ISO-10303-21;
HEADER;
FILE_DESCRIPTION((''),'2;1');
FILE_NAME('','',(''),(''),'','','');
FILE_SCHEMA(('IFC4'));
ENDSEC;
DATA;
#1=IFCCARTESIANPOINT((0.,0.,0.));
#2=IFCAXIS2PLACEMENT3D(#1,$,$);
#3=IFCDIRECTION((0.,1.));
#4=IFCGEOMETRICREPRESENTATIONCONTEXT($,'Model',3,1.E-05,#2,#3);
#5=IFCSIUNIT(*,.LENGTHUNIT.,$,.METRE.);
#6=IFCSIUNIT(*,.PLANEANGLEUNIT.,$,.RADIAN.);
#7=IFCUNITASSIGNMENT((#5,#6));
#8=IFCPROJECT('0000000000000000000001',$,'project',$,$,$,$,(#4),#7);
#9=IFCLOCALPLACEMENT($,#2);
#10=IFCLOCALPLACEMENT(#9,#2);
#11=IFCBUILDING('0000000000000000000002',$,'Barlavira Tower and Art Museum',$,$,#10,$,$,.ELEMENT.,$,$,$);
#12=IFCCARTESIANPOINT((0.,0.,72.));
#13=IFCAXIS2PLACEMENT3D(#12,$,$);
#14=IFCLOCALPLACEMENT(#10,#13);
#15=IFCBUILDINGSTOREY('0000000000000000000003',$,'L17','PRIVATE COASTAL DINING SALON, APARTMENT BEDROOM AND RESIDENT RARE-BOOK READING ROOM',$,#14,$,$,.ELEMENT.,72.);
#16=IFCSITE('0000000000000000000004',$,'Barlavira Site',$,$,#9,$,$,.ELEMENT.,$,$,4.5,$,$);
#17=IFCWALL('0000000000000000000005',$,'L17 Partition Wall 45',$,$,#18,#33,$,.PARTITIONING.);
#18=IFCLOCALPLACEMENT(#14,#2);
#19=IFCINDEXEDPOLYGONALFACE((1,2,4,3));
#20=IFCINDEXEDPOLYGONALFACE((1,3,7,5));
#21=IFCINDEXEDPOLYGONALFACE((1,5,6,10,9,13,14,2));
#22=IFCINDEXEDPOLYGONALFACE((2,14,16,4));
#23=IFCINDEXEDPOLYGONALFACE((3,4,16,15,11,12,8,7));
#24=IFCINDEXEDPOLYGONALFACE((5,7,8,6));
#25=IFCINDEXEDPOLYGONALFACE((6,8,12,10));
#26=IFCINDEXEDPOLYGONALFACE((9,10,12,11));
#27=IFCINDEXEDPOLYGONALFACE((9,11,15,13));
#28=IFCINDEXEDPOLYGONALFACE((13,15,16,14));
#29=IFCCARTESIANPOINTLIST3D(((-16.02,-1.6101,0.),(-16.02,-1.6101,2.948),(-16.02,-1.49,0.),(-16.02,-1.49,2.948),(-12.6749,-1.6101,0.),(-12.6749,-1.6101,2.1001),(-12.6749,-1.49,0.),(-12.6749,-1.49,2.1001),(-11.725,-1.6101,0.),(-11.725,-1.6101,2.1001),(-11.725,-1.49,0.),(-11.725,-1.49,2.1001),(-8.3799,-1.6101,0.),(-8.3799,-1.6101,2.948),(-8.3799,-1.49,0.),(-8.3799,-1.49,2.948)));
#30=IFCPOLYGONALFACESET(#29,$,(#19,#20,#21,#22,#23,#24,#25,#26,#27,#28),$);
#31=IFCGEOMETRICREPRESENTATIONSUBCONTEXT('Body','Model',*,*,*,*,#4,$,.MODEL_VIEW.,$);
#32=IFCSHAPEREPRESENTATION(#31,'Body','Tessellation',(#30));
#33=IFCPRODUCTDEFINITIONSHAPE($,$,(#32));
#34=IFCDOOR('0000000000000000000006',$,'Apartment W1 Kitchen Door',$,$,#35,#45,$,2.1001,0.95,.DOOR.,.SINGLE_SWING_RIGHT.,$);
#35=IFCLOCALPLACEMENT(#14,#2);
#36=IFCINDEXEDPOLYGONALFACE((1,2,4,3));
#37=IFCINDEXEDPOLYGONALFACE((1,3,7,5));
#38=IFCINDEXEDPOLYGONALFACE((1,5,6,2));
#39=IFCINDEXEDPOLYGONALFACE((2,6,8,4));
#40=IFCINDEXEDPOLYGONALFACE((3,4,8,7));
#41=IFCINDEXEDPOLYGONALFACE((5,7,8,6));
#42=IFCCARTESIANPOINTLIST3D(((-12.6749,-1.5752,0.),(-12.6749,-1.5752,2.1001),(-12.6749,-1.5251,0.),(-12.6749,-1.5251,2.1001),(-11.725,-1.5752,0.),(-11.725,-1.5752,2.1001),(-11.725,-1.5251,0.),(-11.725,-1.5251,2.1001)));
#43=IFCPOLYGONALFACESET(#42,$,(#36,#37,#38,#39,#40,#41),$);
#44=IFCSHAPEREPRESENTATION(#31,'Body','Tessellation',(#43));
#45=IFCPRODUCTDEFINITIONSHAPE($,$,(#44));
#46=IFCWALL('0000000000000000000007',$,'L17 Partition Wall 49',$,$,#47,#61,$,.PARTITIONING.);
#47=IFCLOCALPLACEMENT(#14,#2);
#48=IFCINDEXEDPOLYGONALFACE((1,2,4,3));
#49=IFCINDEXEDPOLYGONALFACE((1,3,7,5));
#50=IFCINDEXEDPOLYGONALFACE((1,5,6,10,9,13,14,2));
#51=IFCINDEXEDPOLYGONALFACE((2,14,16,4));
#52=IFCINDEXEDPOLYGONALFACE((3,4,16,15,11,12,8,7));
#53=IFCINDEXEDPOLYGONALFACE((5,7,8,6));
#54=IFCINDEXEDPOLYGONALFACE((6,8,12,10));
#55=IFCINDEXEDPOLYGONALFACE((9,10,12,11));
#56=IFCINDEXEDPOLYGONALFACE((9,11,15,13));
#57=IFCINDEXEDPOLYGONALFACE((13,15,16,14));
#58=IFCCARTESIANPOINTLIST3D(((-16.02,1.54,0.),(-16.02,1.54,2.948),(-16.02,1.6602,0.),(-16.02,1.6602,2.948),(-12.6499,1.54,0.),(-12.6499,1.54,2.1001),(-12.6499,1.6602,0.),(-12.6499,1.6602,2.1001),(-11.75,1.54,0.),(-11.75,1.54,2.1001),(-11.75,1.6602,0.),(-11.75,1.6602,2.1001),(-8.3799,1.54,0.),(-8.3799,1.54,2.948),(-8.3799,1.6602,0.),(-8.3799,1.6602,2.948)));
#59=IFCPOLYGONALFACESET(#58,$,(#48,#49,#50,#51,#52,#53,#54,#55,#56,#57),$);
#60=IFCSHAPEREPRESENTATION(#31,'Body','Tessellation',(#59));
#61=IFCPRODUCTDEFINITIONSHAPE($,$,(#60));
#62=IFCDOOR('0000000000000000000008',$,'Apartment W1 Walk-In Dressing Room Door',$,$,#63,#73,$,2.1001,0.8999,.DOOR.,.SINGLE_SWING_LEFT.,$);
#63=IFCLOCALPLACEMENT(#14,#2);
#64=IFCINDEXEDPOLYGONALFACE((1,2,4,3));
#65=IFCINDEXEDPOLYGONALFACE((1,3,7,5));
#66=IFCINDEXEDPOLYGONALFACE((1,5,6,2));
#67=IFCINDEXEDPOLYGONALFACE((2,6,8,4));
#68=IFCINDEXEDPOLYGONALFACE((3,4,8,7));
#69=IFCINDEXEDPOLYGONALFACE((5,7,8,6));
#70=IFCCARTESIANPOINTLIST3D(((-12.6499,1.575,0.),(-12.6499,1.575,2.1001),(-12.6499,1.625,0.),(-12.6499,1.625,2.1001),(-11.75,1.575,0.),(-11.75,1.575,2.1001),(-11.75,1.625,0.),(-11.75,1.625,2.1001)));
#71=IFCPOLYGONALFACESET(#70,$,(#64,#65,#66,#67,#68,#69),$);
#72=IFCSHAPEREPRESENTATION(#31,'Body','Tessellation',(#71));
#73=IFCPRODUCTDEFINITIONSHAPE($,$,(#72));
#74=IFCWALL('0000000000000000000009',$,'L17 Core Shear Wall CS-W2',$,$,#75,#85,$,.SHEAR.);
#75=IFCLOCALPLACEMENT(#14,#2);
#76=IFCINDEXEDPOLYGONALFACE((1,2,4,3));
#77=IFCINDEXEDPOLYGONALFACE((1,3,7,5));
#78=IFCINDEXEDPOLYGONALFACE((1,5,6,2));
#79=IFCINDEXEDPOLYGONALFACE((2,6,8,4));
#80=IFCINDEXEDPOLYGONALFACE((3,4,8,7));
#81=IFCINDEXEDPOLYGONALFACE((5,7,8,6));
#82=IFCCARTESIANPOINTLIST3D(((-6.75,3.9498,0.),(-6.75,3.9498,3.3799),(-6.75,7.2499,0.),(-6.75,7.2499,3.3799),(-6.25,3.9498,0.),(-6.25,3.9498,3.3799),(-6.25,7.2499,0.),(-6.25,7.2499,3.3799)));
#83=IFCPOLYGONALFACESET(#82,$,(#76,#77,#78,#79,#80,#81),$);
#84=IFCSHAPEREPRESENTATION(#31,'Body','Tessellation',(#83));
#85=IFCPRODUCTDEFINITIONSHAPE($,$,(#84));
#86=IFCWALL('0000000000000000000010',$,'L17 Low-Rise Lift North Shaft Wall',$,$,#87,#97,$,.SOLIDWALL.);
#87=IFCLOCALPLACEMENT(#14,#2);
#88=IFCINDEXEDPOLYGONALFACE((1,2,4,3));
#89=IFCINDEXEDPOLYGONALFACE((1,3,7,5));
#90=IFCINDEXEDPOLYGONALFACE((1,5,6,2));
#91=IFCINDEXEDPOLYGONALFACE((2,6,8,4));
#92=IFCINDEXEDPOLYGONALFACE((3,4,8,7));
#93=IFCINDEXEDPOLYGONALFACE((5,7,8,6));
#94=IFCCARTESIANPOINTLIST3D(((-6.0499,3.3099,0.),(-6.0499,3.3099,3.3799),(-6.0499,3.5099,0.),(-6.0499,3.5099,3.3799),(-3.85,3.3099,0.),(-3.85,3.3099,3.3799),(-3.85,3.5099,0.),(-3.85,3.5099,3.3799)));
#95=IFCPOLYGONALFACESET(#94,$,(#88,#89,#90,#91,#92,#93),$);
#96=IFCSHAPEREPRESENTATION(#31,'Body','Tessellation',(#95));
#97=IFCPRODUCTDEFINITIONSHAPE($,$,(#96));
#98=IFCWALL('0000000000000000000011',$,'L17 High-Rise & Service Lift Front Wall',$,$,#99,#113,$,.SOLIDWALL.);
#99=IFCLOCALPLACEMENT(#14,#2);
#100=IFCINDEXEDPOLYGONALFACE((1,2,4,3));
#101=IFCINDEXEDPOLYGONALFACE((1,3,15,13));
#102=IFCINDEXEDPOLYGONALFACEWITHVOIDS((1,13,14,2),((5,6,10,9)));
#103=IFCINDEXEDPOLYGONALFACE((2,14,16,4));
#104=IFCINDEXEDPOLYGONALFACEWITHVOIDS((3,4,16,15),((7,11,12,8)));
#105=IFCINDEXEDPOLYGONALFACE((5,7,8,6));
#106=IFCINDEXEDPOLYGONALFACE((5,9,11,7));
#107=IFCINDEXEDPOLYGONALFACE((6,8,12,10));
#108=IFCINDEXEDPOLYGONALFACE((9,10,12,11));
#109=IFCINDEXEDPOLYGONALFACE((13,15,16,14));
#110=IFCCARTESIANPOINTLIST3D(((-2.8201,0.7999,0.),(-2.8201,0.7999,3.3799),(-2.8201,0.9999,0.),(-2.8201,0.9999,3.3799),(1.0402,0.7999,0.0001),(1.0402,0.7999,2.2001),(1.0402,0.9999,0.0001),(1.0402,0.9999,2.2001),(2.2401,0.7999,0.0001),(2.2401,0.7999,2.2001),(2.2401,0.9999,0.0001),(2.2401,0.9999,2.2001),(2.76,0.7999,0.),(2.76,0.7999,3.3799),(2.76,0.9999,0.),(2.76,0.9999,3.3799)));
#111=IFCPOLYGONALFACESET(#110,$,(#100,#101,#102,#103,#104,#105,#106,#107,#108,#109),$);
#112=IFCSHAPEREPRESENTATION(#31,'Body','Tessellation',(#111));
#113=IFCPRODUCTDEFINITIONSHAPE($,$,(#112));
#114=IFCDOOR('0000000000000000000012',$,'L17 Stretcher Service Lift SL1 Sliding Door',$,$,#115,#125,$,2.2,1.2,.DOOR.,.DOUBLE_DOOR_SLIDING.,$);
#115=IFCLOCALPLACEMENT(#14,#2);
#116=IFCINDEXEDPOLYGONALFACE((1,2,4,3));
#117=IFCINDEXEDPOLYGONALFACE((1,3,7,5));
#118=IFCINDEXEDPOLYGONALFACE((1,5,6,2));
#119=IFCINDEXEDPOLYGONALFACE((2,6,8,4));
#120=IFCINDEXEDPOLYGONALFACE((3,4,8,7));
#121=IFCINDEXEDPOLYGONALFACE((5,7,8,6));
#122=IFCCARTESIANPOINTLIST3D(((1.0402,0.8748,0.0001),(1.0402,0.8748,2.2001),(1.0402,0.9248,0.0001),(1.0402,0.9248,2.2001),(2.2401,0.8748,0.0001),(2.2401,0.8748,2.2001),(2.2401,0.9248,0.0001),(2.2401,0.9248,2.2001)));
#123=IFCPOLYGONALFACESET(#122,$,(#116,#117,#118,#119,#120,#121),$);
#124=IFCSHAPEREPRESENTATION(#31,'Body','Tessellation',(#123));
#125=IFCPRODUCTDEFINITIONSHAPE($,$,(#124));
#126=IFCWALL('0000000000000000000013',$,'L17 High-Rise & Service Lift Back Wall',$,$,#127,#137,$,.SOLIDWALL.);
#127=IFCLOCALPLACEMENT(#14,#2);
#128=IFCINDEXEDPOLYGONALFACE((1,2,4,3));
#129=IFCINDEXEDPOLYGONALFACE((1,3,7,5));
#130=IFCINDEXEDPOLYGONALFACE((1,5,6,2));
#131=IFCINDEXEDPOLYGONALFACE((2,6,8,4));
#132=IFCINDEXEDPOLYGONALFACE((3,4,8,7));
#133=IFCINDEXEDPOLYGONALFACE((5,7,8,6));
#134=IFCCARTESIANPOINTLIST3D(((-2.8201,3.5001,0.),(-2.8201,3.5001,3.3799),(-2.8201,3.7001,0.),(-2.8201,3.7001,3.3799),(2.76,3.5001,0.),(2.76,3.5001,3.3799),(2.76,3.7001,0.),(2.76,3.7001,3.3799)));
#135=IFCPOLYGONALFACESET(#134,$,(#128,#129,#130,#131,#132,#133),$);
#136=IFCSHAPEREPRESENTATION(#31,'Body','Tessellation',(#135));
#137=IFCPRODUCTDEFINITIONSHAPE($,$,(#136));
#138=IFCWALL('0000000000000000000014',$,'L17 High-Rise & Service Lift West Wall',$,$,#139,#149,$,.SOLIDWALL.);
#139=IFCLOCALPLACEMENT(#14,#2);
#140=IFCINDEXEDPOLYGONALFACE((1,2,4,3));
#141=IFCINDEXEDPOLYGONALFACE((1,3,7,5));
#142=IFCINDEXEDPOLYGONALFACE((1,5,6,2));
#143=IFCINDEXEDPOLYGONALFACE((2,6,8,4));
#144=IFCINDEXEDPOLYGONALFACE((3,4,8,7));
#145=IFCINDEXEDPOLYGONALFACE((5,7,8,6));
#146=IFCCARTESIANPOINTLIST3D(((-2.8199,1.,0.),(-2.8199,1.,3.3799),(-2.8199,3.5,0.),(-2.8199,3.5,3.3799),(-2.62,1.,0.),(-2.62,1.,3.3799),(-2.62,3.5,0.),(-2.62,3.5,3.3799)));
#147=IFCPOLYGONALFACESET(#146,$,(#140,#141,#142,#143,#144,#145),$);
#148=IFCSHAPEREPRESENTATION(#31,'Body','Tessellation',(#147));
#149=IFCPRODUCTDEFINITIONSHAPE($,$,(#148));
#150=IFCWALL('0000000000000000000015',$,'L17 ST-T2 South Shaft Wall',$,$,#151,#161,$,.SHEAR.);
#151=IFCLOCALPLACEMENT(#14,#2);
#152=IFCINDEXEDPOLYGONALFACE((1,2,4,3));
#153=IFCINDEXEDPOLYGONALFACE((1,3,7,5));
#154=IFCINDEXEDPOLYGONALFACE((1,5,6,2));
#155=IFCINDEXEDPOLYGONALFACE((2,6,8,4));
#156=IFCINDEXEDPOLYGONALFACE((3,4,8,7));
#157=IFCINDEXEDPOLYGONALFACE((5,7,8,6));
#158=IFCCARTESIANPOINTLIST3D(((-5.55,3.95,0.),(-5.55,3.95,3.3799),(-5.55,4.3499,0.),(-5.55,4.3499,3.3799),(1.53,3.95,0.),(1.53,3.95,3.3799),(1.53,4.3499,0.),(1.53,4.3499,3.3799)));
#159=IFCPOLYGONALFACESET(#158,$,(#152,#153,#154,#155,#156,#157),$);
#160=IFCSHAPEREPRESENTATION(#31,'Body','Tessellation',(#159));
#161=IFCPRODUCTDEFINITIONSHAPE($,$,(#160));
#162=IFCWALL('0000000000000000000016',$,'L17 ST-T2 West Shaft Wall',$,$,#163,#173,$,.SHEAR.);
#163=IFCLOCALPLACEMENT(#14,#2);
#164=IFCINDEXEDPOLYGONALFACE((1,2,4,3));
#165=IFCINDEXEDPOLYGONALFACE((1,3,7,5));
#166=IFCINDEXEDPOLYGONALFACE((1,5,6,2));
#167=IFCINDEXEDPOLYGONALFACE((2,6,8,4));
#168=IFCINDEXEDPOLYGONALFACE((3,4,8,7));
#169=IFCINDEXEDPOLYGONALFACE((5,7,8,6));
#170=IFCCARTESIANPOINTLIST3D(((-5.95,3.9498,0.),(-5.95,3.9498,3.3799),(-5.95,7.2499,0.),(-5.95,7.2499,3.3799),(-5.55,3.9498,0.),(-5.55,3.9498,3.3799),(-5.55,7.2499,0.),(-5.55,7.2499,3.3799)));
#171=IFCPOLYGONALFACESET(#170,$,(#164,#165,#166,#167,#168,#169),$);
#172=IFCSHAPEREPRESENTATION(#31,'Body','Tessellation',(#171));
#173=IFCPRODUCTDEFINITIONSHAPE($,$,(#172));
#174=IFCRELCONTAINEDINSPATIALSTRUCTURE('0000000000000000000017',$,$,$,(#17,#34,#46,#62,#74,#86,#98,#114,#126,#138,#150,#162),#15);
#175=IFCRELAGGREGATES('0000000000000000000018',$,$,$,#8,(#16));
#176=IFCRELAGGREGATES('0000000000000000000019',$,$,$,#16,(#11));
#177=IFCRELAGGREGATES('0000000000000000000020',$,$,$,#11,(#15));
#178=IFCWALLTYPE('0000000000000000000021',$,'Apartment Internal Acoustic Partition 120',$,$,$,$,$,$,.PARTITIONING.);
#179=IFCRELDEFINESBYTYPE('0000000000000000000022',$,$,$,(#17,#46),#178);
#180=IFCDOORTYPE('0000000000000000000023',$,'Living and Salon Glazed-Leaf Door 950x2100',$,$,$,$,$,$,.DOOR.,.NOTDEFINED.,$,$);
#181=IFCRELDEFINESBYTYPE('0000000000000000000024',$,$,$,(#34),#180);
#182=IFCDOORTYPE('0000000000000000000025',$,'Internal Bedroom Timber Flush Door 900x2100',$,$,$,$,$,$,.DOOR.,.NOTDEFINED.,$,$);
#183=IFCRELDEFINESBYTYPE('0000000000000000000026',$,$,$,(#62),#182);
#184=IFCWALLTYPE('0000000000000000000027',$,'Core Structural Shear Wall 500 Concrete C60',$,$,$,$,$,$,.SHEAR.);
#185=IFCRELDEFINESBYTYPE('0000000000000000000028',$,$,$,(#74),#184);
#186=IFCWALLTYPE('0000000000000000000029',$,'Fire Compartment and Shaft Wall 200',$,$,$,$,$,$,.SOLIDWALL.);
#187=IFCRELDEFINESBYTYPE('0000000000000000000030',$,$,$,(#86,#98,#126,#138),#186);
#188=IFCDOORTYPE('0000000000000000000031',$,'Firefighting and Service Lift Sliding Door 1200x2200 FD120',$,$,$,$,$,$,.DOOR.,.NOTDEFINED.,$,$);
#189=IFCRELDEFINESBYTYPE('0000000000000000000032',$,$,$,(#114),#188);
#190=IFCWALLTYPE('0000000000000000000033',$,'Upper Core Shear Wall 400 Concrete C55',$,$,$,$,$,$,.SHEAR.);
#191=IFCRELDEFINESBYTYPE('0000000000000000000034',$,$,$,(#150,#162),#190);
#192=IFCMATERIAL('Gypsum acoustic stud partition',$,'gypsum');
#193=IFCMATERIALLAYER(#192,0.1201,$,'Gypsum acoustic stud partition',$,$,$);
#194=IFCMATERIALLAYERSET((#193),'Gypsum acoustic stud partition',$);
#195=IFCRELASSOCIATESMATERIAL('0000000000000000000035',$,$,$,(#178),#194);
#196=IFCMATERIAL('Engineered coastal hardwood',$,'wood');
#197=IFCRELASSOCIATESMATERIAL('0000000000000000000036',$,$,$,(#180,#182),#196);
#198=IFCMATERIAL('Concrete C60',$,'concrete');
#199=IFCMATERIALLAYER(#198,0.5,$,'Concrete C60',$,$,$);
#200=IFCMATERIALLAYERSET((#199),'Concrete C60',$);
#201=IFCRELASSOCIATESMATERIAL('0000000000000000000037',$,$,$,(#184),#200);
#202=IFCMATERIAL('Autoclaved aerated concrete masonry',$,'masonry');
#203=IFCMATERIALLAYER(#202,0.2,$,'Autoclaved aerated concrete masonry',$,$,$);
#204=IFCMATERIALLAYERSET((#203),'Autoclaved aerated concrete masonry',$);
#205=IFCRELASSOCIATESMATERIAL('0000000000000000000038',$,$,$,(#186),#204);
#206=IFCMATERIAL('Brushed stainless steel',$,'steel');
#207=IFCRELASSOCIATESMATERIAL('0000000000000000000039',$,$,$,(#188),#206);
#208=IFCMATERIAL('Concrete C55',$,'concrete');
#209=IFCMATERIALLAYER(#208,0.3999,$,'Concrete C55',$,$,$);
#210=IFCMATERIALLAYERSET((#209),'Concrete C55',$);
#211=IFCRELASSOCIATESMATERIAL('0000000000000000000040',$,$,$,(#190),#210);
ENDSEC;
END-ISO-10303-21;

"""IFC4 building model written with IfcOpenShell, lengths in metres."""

from ifc_helpers import new_model, si_unit, direction, frame, frame_2d, origin, place, context, subcontext, project, spatial, rectangle, extrude, material, layer, layer_set, type_object, element, fill, save


model = new_model("IFC4")

# Units and contexts
model_context = context("Model", 3, precision=1e-05, world=origin(), true_north=direction((0.0, 1.0)))
body_context = subcontext(model_context, "Body", "Model", "MODEL_VIEW")
ifc_project = project(units=[si_unit("LENGTHUNIT", "METRE"), si_unit("PLANEANGLEUNIT", "RADIAN")], contexts=[model_context])

# Site, building, storey
site_placement = place(None, origin())
site = spatial("IfcSite", under=ifc_project, at=site_placement, Name="Barlavira Site", CompositionType="ELEMENT", RefElevation=4.5)
building_placement = place(site_placement, origin())
building = spatial("IfcBuilding", under=site, at=building_placement, Name="Barlavira Tower and Art Museum", CompositionType="ELEMENT")
storey_placement = place(building_placement, frame((0.0, 0.0, 72.0)))
storey = spatial("IfcBuildingStorey", under=building, at=storey_placement, Name="L17", Description="PRIVATE COASTAL DINING SALON, APARTMENT BEDROOM AND RESIDENT RARE-BOOK READING ROOM", CompositionType="ELEMENT", Elevation=72.0)

# Shared definitions
ifc_material_1 = material(Name="Concrete C60", Category="concrete")

# Walls, openings, doors
ifc_material_2 = material(Name="Gypsum acoustic stud partition", Category="gypsum")
ifc_layer_1 = layer(ifc_material_2, 0.1201, Name="Gypsum acoustic stud partition")
ifc_layer_set_1 = layer_set([ifc_layer_1], Name="Gypsum acoustic stud partition")
wall_type_1 = type_object("IfcWallType", Name="Apartment Internal Acoustic Partition 120", PredefinedType="PARTITIONING", material=ifc_layer_set_1)
wall_1_placement = place(storey_placement, frame((-16.02, -1.55, 0.0), z_axis=(0.0, 0.0, 1.0), x_axis=(1.0, 0.0, 0.0)))
wall_1 = element("IfcWall", 1, at=wall_1_placement, inside=storey, type_object=wall_type_1, Name="L17 Partition Wall 45", PredefinedType="PARTITIONING", context=body_context, shape_type="SweptSolid", body=[
    extrude(rectangle(XDim=7.6401, YDim=0.1201, at=frame_2d((3.8201, 0.0))), origin(), (0.0, 0.0, 1.0), 2.948),
])
opening_1_placement = place(wall_1_placement, frame((3.345, 0.0, 0.0)))
opening_1 = element("IfcOpeningElement", 2, at=opening_1_placement, cuts=wall_1, PredefinedType="OPENING", context=body_context, shape_type="SweptSolid", body=[
    extrude(rectangle(XDim=0.95, YDim=2.1001, at=frame_2d((0.4751, 1.05))), frame((0.0, 0.0701, 0.0), z_axis=(0.0, -1.0, 0.0), x_axis=(1.0, 0.0, 0.0)), (0.0, 0.0, 1.0), 0.1401),
])
ifc_material_3 = material(Name="Engineered coastal hardwood", Category="wood")
door_type_1 = type_object("IfcDoorType", Name="Living and Salon Glazed-Leaf Door 950x2100", OperationType="NOTDEFINED", PredefinedType="DOOR", material=ifc_material_3)
door_1_placement = place(opening_1_placement, origin())
door_1 = element("IfcDoor", 3, at=door_1_placement, inside=storey, type_object=door_type_1, Name="Apartment W1 Kitchen Door", OperationType="SINGLE_SWING_RIGHT", OverallHeight=2.1001, OverallWidth=0.95, PredefinedType="DOOR", context=body_context, shape_type="SweptSolid", body=[
    extrude(rectangle(XDim=0.95, YDim=2.1001, at=frame_2d((0.4751, 1.05))), frame((0.0, 0.0249, 0.0), z_axis=(0.0, -1.0, 0.0), x_axis=(1.0, 0.0, 0.0)), (0.0, 0.0, 1.0), 0.05),
])
fill(opening_1, door_1)
wall_2_placement = place(storey_placement, frame((-16.02, 1.6001, 0.0), z_axis=(0.0, 0.0, 1.0), x_axis=(1.0, 0.0, 0.0)))
wall_2 = element("IfcWall", 4, at=wall_2_placement, inside=storey, type_object=wall_type_1, Name="L17 Partition Wall 49", PredefinedType="PARTITIONING", context=body_context, shape_type="SweptSolid", body=[
    extrude(rectangle(XDim=7.6401, YDim=0.1201, at=frame_2d((3.8201, 0.0))), origin(), (0.0, 0.0, 1.0), 2.948),
])
opening_2_placement = place(wall_2_placement, frame((3.3701, 0.0, 0.0)))
opening_2 = element("IfcOpeningElement", 5, at=opening_2_placement, cuts=wall_2, PredefinedType="OPENING", context=body_context, shape_type="SweptSolid", body=[
    extrude(rectangle(XDim=0.8999, YDim=2.1001, at=frame_2d((0.45, 1.05))), frame((0.0, 0.0701, 0.0), z_axis=(0.0, -1.0, 0.0), x_axis=(1.0, 0.0, 0.0)), (0.0, 0.0, 1.0), 0.1401),
])
door_type_2 = type_object("IfcDoorType", Name="Internal Bedroom Timber Flush Door 900x2100", OperationType="NOTDEFINED", PredefinedType="DOOR", material=ifc_material_3)
door_2_placement = place(opening_2_placement, origin())
door_2 = element("IfcDoor", 6, at=door_2_placement, inside=storey, type_object=door_type_2, Name="Apartment W1 Walk-In Dressing Room Door", OperationType="SINGLE_SWING_LEFT", OverallHeight=2.1001, OverallWidth=0.8999, PredefinedType="DOOR", context=body_context, shape_type="SweptSolid", body=[
    extrude(rectangle(XDim=0.8999, YDim=2.1001, at=frame_2d((0.45, 1.05))), frame((0.0, 0.0249, 0.0), z_axis=(0.0, -1.0, 0.0), x_axis=(1.0, 0.0, 0.0)), (0.0, 0.0, 1.0), 0.05),
])
fill(opening_2, door_2)

# Walls
ifc_layer_2 = layer(ifc_material_1, 0.5, Name="Concrete C60")
ifc_layer_set_2 = layer_set([ifc_layer_2], Name="Concrete C60")
wall_type_2 = type_object("IfcWallType", Name="Core Structural Shear Wall 500 Concrete C60", PredefinedType="SHEAR", material=ifc_layer_set_2)
wall_3_placement = place(storey_placement, frame((-6.5, 3.95, 0.0), z_axis=(0.0, 0.0, 1.0), x_axis=(0.0, 1.0, 0.0)))
element("IfcWall", 7, at=wall_3_placement, inside=storey, type_object=wall_type_2, Name="L17 Core Shear Wall CS-W2", PredefinedType="SHEAR", context=body_context, shape_type="SweptSolid", body=[
    extrude(rectangle(XDim=3.3, YDim=0.5, at=frame_2d((1.6499, 0.0))), origin(), (0.0, 0.0, 1.0), 3.3799),
])
ifc_material_4 = material(Name="Autoclaved aerated concrete masonry", Category="masonry")
ifc_layer_3 = layer(ifc_material_4, 0.2, Name="Autoclaved aerated concrete masonry")
ifc_layer_set_3 = layer_set([ifc_layer_3], Name="Autoclaved aerated concrete masonry")
wall_type_3 = type_object("IfcWallType", Name="Fire Compartment and Shaft Wall 200", PredefinedType="SOLIDWALL", material=ifc_layer_set_3)
wall_4_placement = place(storey_placement, frame((-6.05, 3.4099, 0.0), z_axis=(0.0, 0.0, 1.0), x_axis=(1.0, 0.0, 0.0)))
element("IfcWall", 8, at=wall_4_placement, inside=storey, type_object=wall_type_3, Name="L17 Low-Rise Lift North Shaft Wall", PredefinedType="SOLIDWALL", context=body_context, shape_type="SweptSolid", body=[
    extrude(rectangle(XDim=2.2, YDim=0.2, at=frame_2d((1.1001, 0.0))), origin(), (0.0, 0.0, 1.0), 3.3799),
])

# Wall, opening, door
wall_5_placement = place(storey_placement, frame((-2.8201, 0.8999, 0.0), z_axis=(0.0, 0.0, 1.0), x_axis=(1.0, 0.0, 0.0)))
wall_5 = element("IfcWall", 9, at=wall_5_placement, inside=storey, type_object=wall_type_3, Name="L17 High-Rise & Service Lift Front Wall", PredefinedType="SOLIDWALL", context=body_context, shape_type="SweptSolid", body=[
    extrude(rectangle(XDim=5.5801, YDim=0.2, at=frame_2d((2.79, 0.0))), origin(), (0.0, 0.0, 1.0), 3.3799),
])
opening_3_placement = place(wall_5_placement, frame((3.8601, 0.0, 0.0)))
opening_3 = element("IfcOpeningElement", 10, at=opening_3_placement, cuts=wall_5, PredefinedType="OPENING", context=body_context, shape_type="SweptSolid", body=[
    extrude(rectangle(XDim=1.2, YDim=2.2, at=frame_2d((0.6001, 1.1001))), frame((0.0, 0.1099, 0.0), z_axis=(0.0, -1.0, 0.0), x_axis=(1.0, 0.0, 0.0)), (0.0, 0.0, 1.0), 0.22),
])
ifc_material_5 = material(Name="Brushed stainless steel", Category="steel")
door_type_3 = type_object("IfcDoorType", Name="Firefighting and Service Lift Sliding Door 1200x2200 FD120", OperationType="NOTDEFINED", PredefinedType="DOOR", material=ifc_material_5)
door_3_placement = place(opening_3_placement, origin())
door_3 = element("IfcDoor", 11, at=door_3_placement, inside=storey, type_object=door_type_3, Name="L17 Stretcher Service Lift SL1 Sliding Door", OperationType="DOUBLE_DOOR_SLIDING", OverallHeight=2.2, OverallWidth=1.2, PredefinedType="DOOR", context=body_context, shape_type="SweptSolid", body=[
    extrude(rectangle(XDim=1.2, YDim=2.2, at=frame_2d((0.6001, 1.1001))), frame((0.0, 0.0249, 0.0), z_axis=(0.0, -1.0, 0.0), x_axis=(1.0, 0.0, 0.0)), (0.0, 0.0, 1.0), 0.05),
])
fill(opening_3, door_3)

# Walls
wall_6_placement = place(storey_placement, frame((-2.8201, 3.6001, 0.0), z_axis=(0.0, 0.0, 1.0), x_axis=(1.0, 0.0, 0.0)))
element("IfcWall", 12, at=wall_6_placement, inside=storey, type_object=wall_type_3, Name="L17 High-Rise & Service Lift Back Wall", PredefinedType="SOLIDWALL", context=body_context, shape_type="SweptSolid", body=[
    extrude(rectangle(XDim=5.5801, YDim=0.2, at=frame_2d((2.79, 0.0))), origin(), (0.0, 0.0, 1.0), 3.3799),
])
wall_7_placement = place(storey_placement, frame((-2.72, 1.0, 0.0), z_axis=(0.0, 0.0, 1.0), x_axis=(0.0, 1.0, 0.0)))
element("IfcWall", 13, at=wall_7_placement, inside=storey, type_object=wall_type_3, Name="L17 High-Rise & Service Lift West Wall", PredefinedType="SOLIDWALL", context=body_context, shape_type="SweptSolid", body=[
    extrude(rectangle(XDim=2.5, YDim=0.2, at=frame_2d((1.25, 0.0))), origin(), (0.0, 0.0, 1.0), 3.3799),
])
ifc_material_6 = material(Name="Concrete C55", Category="concrete")
ifc_layer_4 = layer(ifc_material_6, 0.3999, Name="Concrete C55")
ifc_layer_set_4 = layer_set([ifc_layer_4], Name="Concrete C55")
wall_type_4 = type_object("IfcWallType", Name="Upper Core Shear Wall 400 Concrete C55", PredefinedType="SHEAR", material=ifc_layer_set_4)
wall_8_placement = place(storey_placement, frame((-5.55, 4.1499, 0.0), z_axis=(0.0, 0.0, 1.0), x_axis=(1.0, 0.0, 0.0)))
element("IfcWall", 14, at=wall_8_placement, inside=storey, type_object=wall_type_4, Name="L17 ST-T2 South Shaft Wall", PredefinedType="SHEAR", context=body_context, shape_type="SweptSolid", body=[
    extrude(rectangle(XDim=7.0801, YDim=0.3999, at=frame_2d((3.54, 0.0))), origin(), (0.0, 0.0, 1.0), 3.3799),
])
wall_9_placement = place(storey_placement, frame((-5.75, 3.95, 0.0), z_axis=(0.0, 0.0, 1.0), x_axis=(0.0, 1.0, 0.0)))
element("IfcWall", 15, at=wall_9_placement, inside=storey, type_object=wall_type_4, Name="L17 ST-T2 West Shaft Wall", PredefinedType="SHEAR", context=body_context, shape_type="SweptSolid", body=[
    extrude(rectangle(XDim=3.3, YDim=0.3999, at=frame_2d((1.6499, 0.0))), origin(), (0.0, 0.0, 1.0), 3.3799),
])

save(model, "model.ifc")
